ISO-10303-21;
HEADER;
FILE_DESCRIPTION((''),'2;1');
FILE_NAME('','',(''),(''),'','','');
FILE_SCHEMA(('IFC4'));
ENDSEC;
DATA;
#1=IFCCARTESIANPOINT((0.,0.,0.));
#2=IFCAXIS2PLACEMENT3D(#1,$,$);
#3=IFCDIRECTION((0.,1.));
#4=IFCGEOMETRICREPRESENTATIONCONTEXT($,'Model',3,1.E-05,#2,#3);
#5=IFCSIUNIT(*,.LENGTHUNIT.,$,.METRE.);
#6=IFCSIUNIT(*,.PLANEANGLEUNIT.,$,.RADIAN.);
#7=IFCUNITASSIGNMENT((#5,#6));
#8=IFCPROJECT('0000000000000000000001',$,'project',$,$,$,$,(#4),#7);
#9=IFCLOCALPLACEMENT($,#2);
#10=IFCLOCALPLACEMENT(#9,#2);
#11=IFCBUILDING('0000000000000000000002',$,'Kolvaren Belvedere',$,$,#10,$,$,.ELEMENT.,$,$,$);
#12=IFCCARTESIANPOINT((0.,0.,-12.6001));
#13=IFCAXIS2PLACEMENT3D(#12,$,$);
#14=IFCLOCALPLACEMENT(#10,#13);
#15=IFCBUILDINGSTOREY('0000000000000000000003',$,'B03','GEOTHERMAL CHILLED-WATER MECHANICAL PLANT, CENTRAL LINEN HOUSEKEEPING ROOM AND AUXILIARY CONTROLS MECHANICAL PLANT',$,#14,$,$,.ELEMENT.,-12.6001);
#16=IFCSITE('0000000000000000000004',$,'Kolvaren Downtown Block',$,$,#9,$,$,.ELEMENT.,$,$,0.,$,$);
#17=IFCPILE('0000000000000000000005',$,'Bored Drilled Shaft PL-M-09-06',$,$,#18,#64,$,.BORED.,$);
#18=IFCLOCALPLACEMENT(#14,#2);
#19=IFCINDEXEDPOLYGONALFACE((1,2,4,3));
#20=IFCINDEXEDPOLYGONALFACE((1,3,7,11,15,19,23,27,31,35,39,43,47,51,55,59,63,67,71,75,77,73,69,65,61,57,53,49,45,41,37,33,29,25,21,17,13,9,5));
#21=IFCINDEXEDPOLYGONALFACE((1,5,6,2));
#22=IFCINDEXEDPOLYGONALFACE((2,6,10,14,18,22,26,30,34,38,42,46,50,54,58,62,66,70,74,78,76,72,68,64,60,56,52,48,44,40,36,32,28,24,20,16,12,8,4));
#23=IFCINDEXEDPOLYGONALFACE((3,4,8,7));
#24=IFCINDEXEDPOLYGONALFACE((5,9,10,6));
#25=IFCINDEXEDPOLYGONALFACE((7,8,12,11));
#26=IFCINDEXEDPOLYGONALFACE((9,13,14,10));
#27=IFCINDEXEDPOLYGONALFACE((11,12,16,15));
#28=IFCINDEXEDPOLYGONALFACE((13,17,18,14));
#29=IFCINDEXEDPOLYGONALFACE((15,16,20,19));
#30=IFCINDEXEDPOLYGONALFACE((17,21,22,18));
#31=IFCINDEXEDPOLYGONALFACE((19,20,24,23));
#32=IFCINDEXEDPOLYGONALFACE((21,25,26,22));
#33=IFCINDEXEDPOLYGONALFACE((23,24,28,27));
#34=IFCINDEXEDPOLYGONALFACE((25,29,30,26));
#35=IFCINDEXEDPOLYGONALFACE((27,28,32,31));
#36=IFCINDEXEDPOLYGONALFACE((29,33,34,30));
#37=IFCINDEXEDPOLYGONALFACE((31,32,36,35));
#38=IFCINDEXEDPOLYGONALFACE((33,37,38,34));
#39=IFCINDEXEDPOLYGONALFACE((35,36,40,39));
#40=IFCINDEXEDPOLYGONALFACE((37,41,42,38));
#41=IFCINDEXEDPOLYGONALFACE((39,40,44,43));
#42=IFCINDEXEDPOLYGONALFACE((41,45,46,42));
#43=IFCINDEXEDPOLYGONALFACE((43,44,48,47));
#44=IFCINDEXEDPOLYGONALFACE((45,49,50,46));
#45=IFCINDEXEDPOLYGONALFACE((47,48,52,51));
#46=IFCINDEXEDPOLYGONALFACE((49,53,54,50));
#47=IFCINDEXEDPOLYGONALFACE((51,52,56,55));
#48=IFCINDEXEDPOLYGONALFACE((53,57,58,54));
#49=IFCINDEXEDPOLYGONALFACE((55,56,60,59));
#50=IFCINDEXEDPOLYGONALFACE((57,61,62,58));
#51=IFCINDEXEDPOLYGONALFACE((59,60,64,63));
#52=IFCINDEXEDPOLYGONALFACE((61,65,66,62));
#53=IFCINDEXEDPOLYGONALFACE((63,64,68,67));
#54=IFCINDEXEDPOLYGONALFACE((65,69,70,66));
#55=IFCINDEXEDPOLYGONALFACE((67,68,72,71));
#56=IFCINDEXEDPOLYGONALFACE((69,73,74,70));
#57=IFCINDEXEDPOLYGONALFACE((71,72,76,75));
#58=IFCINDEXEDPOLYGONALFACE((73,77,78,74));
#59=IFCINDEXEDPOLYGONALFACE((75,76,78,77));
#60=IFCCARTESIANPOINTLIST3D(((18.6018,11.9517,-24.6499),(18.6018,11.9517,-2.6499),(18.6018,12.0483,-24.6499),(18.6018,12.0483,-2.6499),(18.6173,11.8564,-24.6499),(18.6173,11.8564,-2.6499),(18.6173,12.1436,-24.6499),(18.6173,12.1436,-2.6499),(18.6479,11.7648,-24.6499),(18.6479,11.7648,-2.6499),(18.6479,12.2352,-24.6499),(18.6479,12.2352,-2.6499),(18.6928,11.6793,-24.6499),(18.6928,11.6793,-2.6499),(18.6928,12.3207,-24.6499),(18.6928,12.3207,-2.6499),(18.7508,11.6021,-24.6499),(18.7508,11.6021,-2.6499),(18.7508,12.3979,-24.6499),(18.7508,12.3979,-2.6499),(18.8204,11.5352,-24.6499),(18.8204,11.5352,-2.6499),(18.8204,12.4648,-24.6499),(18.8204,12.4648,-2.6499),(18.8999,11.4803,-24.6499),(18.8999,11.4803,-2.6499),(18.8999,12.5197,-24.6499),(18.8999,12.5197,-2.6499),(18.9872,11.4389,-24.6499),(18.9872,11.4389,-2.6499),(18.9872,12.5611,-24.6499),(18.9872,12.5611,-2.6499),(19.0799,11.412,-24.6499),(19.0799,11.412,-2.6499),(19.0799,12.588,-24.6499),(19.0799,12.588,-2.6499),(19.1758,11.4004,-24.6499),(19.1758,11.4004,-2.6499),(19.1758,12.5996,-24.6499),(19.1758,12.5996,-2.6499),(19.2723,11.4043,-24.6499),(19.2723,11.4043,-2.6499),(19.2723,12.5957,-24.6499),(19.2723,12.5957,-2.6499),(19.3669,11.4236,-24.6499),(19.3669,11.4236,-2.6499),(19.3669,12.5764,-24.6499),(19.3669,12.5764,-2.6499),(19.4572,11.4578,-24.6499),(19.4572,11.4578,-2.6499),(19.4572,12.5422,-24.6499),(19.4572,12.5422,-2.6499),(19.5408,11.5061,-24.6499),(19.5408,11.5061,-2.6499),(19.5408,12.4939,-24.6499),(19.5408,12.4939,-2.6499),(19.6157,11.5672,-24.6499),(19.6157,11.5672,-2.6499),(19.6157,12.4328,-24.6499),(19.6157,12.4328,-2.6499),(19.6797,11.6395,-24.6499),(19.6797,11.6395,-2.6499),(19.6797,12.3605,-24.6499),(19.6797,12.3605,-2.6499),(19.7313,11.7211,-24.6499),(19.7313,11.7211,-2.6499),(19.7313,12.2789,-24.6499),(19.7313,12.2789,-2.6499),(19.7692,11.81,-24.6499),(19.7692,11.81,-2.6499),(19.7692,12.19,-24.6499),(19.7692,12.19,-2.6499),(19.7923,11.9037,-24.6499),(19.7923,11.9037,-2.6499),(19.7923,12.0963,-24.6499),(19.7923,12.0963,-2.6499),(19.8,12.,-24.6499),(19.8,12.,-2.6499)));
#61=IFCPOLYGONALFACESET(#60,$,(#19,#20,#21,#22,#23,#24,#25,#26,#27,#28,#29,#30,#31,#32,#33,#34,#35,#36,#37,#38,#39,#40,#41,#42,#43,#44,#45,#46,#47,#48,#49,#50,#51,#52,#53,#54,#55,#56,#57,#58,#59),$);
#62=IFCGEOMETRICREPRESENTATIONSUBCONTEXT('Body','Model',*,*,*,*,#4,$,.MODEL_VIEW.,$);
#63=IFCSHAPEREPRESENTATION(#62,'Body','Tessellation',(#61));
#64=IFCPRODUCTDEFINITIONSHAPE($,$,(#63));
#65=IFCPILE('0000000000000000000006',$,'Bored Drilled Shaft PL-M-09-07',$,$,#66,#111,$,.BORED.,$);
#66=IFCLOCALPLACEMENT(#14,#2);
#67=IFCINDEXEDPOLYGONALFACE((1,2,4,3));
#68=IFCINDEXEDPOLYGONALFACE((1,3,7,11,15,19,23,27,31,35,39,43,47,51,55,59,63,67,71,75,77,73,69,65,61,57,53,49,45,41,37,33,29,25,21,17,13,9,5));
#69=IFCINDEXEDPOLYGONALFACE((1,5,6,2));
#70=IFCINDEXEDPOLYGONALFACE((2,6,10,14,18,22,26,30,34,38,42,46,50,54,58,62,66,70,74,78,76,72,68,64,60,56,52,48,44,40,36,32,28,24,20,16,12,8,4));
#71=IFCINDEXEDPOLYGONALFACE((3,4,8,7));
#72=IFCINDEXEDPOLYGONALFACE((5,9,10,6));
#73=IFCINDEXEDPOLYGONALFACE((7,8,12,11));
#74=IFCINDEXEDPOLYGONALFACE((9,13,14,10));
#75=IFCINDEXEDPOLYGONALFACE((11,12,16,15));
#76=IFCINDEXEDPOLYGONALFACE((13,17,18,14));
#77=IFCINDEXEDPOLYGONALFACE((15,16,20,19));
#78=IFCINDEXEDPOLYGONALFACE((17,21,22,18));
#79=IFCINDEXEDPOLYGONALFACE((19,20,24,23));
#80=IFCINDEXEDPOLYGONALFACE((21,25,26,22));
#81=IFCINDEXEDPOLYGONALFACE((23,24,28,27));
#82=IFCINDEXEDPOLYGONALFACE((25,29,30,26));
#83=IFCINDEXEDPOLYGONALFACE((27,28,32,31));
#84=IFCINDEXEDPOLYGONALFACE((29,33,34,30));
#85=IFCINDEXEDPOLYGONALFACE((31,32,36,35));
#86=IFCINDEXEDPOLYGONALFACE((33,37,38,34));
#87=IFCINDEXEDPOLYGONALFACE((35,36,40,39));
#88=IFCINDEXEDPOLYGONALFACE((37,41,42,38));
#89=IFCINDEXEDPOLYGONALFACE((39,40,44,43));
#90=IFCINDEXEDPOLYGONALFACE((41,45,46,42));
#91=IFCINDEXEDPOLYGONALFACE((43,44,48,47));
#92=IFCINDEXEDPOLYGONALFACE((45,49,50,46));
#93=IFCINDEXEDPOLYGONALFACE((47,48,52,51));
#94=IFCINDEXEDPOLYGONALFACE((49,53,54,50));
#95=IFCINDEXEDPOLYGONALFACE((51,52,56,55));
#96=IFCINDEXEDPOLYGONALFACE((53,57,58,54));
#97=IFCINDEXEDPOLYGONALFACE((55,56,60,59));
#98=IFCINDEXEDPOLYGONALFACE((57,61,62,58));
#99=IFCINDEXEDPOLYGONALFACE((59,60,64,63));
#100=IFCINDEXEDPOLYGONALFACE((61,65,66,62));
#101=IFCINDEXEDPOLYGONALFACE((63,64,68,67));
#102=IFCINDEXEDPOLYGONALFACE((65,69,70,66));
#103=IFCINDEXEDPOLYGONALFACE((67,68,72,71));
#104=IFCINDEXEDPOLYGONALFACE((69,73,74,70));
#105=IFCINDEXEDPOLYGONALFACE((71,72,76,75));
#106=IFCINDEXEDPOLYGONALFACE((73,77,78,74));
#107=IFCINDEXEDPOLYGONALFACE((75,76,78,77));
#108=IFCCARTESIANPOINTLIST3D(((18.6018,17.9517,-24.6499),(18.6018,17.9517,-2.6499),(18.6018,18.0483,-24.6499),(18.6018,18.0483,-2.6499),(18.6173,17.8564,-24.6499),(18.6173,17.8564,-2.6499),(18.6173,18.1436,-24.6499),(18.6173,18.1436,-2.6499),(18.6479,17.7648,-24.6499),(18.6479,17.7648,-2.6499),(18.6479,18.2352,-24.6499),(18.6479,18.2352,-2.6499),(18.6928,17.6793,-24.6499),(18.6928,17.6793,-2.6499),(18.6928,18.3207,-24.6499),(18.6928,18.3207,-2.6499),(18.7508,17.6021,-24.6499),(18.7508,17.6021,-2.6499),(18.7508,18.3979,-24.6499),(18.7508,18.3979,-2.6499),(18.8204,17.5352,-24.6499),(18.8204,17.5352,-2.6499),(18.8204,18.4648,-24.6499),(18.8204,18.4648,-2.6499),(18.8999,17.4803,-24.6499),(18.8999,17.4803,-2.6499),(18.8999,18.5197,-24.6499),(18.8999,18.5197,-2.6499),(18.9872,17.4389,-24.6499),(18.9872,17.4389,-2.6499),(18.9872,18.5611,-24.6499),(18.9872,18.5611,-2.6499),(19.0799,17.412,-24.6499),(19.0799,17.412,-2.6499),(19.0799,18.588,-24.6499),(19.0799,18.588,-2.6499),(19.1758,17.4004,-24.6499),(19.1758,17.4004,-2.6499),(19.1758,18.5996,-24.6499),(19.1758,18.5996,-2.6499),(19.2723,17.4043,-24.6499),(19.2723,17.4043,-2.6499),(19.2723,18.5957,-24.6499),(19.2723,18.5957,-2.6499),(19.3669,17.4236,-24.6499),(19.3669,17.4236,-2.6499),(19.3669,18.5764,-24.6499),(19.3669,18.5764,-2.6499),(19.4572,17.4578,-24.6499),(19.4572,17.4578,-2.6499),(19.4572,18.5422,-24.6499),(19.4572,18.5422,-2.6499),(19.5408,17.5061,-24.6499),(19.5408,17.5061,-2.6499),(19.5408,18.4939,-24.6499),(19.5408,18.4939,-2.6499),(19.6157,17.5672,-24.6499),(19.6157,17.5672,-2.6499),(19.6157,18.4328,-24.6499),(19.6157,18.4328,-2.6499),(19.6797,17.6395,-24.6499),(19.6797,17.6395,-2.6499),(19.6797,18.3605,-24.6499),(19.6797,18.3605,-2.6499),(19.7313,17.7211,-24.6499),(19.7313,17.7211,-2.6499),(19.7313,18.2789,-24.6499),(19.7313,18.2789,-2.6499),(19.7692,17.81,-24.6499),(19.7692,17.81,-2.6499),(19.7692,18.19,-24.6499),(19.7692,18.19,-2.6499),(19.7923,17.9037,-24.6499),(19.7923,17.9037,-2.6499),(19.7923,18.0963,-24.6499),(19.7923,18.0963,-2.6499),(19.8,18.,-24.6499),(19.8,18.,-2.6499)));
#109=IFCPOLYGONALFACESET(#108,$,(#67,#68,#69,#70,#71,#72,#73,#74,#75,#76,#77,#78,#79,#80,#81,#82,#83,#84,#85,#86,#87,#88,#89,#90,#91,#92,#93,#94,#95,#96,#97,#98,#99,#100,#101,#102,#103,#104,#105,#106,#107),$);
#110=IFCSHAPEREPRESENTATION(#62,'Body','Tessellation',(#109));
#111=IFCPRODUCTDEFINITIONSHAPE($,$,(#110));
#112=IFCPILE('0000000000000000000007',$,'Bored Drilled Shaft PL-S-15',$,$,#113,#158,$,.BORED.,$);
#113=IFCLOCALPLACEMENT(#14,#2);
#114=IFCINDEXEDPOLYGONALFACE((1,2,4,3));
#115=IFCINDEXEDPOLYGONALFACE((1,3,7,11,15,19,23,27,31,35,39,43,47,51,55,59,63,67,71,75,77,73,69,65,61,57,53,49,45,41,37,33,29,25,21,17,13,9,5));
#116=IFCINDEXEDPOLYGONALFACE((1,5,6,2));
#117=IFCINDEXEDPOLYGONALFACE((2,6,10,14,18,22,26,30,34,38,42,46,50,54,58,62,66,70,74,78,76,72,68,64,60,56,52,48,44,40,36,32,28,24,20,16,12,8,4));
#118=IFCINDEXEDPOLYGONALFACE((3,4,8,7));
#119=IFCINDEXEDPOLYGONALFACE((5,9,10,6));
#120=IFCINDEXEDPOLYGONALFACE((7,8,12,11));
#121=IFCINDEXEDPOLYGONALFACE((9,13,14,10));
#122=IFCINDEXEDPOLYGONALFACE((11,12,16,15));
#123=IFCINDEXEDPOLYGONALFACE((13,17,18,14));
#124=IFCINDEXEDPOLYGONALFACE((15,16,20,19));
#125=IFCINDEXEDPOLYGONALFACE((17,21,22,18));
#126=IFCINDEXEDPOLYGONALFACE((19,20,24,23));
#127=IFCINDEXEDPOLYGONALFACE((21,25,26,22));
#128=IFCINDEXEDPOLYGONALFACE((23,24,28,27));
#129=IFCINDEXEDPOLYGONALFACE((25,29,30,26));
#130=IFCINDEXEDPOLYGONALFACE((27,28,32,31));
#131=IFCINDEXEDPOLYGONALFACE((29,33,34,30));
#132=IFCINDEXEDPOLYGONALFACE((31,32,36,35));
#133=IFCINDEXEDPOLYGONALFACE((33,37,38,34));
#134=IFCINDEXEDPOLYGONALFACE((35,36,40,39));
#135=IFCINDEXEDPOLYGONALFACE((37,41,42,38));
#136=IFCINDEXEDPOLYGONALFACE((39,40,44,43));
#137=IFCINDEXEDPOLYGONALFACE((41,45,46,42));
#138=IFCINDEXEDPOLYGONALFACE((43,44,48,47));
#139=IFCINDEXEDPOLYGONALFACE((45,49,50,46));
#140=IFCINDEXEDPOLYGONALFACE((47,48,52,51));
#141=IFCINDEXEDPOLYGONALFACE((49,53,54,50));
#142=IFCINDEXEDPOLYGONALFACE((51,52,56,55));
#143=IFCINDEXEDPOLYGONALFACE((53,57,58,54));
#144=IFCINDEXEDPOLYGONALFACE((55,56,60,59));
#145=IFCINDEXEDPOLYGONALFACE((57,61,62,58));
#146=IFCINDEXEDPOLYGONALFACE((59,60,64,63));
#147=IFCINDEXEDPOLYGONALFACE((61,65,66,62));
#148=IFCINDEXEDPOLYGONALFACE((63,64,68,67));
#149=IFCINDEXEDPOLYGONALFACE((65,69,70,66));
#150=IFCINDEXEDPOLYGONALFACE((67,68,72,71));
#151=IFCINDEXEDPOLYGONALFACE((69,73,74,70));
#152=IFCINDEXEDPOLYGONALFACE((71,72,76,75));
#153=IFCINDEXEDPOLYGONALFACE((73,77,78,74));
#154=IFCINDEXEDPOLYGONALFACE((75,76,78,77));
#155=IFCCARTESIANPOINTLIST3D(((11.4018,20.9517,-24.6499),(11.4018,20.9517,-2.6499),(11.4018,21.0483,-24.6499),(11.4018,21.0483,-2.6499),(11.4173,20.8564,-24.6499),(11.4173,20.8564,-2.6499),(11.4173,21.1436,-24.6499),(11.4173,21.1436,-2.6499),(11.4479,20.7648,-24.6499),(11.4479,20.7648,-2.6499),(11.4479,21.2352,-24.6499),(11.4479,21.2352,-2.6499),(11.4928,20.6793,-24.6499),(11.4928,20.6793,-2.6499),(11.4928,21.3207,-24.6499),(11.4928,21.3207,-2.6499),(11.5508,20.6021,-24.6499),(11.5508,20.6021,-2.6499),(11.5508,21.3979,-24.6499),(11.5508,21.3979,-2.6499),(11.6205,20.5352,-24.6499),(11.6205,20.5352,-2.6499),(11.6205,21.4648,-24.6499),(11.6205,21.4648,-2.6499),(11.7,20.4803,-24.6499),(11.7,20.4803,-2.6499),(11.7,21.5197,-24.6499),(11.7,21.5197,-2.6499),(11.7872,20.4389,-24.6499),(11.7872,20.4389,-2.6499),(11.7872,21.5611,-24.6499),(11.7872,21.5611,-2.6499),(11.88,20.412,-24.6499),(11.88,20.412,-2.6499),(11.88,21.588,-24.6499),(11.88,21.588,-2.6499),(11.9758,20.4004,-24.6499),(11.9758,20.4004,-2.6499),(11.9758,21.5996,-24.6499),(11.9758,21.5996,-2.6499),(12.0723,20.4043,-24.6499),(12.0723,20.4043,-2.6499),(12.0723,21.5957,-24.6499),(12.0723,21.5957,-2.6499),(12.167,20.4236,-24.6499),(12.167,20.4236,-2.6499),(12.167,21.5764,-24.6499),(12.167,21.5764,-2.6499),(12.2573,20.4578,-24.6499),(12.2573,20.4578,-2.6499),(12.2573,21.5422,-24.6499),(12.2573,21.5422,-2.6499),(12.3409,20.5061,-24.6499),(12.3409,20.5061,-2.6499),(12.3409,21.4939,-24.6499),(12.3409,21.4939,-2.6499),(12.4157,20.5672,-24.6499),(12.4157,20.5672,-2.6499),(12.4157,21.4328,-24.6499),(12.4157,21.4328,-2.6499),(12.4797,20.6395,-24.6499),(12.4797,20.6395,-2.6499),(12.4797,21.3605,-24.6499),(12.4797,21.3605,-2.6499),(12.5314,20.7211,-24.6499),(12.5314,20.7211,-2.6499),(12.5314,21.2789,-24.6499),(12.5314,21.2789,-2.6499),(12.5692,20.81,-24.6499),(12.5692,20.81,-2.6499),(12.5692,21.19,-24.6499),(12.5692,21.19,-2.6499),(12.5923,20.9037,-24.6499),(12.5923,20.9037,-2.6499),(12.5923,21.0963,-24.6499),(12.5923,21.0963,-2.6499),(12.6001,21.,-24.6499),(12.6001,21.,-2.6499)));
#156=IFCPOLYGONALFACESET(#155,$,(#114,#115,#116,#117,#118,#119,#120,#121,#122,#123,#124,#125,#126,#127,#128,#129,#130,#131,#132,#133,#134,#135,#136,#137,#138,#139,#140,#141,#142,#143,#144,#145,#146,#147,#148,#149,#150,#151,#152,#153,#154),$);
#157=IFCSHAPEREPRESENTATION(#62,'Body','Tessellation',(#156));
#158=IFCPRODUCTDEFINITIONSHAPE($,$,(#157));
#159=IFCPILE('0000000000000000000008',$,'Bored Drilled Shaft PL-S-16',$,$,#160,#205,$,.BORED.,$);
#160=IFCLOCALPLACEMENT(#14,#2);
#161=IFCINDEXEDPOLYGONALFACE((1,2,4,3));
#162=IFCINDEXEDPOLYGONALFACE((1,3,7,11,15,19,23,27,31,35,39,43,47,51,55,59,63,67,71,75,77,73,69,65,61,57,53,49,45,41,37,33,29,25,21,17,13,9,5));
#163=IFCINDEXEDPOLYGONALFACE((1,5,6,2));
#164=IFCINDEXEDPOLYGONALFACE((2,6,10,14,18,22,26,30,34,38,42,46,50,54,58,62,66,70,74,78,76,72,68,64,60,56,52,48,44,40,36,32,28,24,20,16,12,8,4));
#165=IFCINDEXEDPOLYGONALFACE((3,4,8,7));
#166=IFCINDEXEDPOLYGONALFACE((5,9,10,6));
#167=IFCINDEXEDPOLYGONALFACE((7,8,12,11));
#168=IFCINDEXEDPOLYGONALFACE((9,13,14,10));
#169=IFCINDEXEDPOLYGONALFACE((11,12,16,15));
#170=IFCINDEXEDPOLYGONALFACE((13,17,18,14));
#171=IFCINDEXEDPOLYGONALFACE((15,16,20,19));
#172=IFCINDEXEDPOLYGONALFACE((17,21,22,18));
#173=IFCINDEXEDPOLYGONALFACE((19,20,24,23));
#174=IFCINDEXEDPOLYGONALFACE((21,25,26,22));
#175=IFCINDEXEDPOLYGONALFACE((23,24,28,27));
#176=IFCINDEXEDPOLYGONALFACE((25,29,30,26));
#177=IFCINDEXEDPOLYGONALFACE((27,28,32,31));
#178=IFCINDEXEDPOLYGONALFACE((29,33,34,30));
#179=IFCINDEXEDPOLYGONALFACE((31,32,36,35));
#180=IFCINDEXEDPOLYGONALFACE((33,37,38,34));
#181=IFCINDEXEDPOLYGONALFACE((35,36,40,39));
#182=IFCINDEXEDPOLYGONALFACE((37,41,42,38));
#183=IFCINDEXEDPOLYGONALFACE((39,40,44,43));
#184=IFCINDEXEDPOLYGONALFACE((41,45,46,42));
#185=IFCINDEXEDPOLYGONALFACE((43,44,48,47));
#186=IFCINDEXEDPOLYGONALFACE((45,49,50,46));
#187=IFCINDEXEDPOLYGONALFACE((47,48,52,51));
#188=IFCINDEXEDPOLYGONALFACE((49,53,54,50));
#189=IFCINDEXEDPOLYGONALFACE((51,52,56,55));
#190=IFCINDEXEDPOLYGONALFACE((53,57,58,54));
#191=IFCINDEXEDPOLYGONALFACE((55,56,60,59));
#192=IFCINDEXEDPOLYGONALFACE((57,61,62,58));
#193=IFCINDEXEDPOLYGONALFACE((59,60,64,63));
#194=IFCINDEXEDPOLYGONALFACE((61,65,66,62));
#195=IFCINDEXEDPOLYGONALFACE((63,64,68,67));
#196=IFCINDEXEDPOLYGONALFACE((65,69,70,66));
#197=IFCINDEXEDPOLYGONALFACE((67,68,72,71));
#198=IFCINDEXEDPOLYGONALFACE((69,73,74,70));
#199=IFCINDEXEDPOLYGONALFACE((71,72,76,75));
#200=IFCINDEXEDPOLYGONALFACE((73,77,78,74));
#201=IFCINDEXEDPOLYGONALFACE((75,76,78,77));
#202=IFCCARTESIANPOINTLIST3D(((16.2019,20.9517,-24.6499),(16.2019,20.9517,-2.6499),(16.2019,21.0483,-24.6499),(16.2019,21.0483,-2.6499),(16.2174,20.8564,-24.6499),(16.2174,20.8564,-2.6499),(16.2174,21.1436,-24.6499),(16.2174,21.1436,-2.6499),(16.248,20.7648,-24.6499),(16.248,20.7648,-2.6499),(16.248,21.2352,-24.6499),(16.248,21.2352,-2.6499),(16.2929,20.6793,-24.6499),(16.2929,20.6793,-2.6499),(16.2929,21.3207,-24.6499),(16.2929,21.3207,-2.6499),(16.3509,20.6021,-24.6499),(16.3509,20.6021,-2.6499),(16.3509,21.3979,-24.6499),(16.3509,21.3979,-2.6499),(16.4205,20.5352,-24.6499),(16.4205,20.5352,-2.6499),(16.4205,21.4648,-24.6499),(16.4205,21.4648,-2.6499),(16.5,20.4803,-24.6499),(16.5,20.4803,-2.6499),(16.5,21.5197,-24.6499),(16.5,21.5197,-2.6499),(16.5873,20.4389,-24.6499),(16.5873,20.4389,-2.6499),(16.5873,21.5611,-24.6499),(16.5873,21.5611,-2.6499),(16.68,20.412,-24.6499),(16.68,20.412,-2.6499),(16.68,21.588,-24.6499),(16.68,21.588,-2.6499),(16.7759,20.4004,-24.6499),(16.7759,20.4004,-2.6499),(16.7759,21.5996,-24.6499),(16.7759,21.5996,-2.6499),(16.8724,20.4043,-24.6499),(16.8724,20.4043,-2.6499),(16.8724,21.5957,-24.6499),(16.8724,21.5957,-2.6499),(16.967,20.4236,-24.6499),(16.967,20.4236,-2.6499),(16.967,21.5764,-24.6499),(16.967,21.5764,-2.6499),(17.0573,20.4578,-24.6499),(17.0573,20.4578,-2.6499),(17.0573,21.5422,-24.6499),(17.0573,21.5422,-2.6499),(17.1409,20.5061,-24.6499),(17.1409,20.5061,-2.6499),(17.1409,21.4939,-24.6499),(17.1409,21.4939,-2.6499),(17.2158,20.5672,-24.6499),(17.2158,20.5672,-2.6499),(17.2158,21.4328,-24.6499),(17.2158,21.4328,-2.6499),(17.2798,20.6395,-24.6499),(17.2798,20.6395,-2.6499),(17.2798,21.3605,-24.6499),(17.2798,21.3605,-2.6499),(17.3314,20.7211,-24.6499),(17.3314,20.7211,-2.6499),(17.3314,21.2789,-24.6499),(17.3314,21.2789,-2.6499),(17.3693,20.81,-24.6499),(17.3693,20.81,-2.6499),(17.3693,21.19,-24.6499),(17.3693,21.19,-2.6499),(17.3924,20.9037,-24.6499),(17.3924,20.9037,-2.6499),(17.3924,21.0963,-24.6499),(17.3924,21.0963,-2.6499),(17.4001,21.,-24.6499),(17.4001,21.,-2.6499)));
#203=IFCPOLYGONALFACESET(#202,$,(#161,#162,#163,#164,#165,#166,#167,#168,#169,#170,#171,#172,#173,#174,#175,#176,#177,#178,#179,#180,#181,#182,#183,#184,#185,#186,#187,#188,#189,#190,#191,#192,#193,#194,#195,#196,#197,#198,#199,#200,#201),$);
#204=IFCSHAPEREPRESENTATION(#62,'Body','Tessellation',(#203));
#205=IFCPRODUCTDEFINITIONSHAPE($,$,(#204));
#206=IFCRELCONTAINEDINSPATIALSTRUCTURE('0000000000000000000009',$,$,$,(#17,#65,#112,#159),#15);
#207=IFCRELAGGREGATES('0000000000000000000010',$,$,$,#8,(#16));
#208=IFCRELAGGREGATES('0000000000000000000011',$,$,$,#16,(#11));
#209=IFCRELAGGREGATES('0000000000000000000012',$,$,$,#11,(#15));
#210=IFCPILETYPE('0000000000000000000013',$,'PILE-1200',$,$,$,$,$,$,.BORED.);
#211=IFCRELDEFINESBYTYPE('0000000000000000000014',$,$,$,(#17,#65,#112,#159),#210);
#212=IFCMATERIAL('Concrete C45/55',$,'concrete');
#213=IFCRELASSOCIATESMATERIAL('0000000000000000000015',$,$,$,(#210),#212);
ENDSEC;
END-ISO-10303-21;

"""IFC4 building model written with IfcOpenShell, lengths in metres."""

from ifc_helpers import new_model, si_unit, direction, frame, origin, origin_2d, place, context, subcontext, project, spatial, circle, extrude, material, material_profile, profile_set, type_object, element, save


model = new_model("IFC4")

# Units and contexts
model_context = context("Model", 3, precision=1e-05, world=origin(), true_north=direction((0.0, 1.0)))
body_context = subcontext(model_context, "Body", "Model", "MODEL_VIEW")
ifc_project = project(units=[si_unit("LENGTHUNIT", "METRE"), si_unit("PLANEANGLEUNIT", "RADIAN")], contexts=[model_context])

# Site, building, storey
site_placement = place(None, origin())
site = spatial("IfcSite", under=ifc_project, at=site_placement, Name="Kolvaren Downtown Block", CompositionType="ELEMENT", RefElevation=0.0)
building_placement = place(site_placement, origin())
building = spatial("IfcBuilding", under=site, at=building_placement, Name="Kolvaren Belvedere", CompositionType="ELEMENT")
storey_placement = place(building_placement, frame((0.0, 0.0, -12.6001)))
storey = spatial("IfcBuildingStorey", under=building, at=storey_placement, Name="B03", Description="GEOTHERMAL CHILLED-WATER MECHANICAL PLANT, CENTRAL LINEN HOUSEKEEPING ROOM AND AUXILIARY CONTROLS MECHANICAL PLANT", CompositionType="ELEMENT", Elevation=-12.6001)

# Piles
ifc_material_1 = material(Name="Concrete C45/55", Category="concrete")
ifc_material_profile_1 = material_profile(ifc_material_1, circle(Radius=0.6001, at=origin_2d()), Name="BORED PILE D1200")
ifc_profile_set_1 = profile_set([ifc_material_profile_1], Name="Concrete C45/55")
pile_type_1 = type_object("IfcPileType", Name="PILE-1200", PredefinedType="BORED", material=ifc_profile_set_1)
for number, where, z_axis, x_axis, name in (
    (1, (19.2, 12.0, -2.6499), (0.0, 0.0, -1.0), (1.0, 0.0, 0.0), "Bored Drilled Shaft PL-M-09-06"),
    (2, (19.2, 18.0, -2.6499), (0.0, 0.0, -1.0), (1.0, 0.0, 0.0), "Bored Drilled Shaft PL-M-09-07"),
    (3, (12.0, 21.0, -2.6499), (0.0, 0.0, -1.0), (1.0, 0.0, 0.0), "Bored Drilled Shaft PL-S-15"),
    (4, (16.8, 21.0, -2.6499), (0.0, 0.0, -1.0), (1.0, 0.0, 0.0), "Bored Drilled Shaft PL-S-16"),
):
    element("IfcPile", number, at=place(storey_placement, frame(where, z_axis=z_axis, x_axis=x_axis)), inside=storey, type_object=pile_type_1, Name=name, PredefinedType="BORED", context=body_context, shape_type="SweptSolid", body=[
        extrude(circle(Radius=0.6001, at=origin_2d()), origin(), (0.0, 0.0, 1.0), 22.0),
    ])

save(model, "model.ifc")
